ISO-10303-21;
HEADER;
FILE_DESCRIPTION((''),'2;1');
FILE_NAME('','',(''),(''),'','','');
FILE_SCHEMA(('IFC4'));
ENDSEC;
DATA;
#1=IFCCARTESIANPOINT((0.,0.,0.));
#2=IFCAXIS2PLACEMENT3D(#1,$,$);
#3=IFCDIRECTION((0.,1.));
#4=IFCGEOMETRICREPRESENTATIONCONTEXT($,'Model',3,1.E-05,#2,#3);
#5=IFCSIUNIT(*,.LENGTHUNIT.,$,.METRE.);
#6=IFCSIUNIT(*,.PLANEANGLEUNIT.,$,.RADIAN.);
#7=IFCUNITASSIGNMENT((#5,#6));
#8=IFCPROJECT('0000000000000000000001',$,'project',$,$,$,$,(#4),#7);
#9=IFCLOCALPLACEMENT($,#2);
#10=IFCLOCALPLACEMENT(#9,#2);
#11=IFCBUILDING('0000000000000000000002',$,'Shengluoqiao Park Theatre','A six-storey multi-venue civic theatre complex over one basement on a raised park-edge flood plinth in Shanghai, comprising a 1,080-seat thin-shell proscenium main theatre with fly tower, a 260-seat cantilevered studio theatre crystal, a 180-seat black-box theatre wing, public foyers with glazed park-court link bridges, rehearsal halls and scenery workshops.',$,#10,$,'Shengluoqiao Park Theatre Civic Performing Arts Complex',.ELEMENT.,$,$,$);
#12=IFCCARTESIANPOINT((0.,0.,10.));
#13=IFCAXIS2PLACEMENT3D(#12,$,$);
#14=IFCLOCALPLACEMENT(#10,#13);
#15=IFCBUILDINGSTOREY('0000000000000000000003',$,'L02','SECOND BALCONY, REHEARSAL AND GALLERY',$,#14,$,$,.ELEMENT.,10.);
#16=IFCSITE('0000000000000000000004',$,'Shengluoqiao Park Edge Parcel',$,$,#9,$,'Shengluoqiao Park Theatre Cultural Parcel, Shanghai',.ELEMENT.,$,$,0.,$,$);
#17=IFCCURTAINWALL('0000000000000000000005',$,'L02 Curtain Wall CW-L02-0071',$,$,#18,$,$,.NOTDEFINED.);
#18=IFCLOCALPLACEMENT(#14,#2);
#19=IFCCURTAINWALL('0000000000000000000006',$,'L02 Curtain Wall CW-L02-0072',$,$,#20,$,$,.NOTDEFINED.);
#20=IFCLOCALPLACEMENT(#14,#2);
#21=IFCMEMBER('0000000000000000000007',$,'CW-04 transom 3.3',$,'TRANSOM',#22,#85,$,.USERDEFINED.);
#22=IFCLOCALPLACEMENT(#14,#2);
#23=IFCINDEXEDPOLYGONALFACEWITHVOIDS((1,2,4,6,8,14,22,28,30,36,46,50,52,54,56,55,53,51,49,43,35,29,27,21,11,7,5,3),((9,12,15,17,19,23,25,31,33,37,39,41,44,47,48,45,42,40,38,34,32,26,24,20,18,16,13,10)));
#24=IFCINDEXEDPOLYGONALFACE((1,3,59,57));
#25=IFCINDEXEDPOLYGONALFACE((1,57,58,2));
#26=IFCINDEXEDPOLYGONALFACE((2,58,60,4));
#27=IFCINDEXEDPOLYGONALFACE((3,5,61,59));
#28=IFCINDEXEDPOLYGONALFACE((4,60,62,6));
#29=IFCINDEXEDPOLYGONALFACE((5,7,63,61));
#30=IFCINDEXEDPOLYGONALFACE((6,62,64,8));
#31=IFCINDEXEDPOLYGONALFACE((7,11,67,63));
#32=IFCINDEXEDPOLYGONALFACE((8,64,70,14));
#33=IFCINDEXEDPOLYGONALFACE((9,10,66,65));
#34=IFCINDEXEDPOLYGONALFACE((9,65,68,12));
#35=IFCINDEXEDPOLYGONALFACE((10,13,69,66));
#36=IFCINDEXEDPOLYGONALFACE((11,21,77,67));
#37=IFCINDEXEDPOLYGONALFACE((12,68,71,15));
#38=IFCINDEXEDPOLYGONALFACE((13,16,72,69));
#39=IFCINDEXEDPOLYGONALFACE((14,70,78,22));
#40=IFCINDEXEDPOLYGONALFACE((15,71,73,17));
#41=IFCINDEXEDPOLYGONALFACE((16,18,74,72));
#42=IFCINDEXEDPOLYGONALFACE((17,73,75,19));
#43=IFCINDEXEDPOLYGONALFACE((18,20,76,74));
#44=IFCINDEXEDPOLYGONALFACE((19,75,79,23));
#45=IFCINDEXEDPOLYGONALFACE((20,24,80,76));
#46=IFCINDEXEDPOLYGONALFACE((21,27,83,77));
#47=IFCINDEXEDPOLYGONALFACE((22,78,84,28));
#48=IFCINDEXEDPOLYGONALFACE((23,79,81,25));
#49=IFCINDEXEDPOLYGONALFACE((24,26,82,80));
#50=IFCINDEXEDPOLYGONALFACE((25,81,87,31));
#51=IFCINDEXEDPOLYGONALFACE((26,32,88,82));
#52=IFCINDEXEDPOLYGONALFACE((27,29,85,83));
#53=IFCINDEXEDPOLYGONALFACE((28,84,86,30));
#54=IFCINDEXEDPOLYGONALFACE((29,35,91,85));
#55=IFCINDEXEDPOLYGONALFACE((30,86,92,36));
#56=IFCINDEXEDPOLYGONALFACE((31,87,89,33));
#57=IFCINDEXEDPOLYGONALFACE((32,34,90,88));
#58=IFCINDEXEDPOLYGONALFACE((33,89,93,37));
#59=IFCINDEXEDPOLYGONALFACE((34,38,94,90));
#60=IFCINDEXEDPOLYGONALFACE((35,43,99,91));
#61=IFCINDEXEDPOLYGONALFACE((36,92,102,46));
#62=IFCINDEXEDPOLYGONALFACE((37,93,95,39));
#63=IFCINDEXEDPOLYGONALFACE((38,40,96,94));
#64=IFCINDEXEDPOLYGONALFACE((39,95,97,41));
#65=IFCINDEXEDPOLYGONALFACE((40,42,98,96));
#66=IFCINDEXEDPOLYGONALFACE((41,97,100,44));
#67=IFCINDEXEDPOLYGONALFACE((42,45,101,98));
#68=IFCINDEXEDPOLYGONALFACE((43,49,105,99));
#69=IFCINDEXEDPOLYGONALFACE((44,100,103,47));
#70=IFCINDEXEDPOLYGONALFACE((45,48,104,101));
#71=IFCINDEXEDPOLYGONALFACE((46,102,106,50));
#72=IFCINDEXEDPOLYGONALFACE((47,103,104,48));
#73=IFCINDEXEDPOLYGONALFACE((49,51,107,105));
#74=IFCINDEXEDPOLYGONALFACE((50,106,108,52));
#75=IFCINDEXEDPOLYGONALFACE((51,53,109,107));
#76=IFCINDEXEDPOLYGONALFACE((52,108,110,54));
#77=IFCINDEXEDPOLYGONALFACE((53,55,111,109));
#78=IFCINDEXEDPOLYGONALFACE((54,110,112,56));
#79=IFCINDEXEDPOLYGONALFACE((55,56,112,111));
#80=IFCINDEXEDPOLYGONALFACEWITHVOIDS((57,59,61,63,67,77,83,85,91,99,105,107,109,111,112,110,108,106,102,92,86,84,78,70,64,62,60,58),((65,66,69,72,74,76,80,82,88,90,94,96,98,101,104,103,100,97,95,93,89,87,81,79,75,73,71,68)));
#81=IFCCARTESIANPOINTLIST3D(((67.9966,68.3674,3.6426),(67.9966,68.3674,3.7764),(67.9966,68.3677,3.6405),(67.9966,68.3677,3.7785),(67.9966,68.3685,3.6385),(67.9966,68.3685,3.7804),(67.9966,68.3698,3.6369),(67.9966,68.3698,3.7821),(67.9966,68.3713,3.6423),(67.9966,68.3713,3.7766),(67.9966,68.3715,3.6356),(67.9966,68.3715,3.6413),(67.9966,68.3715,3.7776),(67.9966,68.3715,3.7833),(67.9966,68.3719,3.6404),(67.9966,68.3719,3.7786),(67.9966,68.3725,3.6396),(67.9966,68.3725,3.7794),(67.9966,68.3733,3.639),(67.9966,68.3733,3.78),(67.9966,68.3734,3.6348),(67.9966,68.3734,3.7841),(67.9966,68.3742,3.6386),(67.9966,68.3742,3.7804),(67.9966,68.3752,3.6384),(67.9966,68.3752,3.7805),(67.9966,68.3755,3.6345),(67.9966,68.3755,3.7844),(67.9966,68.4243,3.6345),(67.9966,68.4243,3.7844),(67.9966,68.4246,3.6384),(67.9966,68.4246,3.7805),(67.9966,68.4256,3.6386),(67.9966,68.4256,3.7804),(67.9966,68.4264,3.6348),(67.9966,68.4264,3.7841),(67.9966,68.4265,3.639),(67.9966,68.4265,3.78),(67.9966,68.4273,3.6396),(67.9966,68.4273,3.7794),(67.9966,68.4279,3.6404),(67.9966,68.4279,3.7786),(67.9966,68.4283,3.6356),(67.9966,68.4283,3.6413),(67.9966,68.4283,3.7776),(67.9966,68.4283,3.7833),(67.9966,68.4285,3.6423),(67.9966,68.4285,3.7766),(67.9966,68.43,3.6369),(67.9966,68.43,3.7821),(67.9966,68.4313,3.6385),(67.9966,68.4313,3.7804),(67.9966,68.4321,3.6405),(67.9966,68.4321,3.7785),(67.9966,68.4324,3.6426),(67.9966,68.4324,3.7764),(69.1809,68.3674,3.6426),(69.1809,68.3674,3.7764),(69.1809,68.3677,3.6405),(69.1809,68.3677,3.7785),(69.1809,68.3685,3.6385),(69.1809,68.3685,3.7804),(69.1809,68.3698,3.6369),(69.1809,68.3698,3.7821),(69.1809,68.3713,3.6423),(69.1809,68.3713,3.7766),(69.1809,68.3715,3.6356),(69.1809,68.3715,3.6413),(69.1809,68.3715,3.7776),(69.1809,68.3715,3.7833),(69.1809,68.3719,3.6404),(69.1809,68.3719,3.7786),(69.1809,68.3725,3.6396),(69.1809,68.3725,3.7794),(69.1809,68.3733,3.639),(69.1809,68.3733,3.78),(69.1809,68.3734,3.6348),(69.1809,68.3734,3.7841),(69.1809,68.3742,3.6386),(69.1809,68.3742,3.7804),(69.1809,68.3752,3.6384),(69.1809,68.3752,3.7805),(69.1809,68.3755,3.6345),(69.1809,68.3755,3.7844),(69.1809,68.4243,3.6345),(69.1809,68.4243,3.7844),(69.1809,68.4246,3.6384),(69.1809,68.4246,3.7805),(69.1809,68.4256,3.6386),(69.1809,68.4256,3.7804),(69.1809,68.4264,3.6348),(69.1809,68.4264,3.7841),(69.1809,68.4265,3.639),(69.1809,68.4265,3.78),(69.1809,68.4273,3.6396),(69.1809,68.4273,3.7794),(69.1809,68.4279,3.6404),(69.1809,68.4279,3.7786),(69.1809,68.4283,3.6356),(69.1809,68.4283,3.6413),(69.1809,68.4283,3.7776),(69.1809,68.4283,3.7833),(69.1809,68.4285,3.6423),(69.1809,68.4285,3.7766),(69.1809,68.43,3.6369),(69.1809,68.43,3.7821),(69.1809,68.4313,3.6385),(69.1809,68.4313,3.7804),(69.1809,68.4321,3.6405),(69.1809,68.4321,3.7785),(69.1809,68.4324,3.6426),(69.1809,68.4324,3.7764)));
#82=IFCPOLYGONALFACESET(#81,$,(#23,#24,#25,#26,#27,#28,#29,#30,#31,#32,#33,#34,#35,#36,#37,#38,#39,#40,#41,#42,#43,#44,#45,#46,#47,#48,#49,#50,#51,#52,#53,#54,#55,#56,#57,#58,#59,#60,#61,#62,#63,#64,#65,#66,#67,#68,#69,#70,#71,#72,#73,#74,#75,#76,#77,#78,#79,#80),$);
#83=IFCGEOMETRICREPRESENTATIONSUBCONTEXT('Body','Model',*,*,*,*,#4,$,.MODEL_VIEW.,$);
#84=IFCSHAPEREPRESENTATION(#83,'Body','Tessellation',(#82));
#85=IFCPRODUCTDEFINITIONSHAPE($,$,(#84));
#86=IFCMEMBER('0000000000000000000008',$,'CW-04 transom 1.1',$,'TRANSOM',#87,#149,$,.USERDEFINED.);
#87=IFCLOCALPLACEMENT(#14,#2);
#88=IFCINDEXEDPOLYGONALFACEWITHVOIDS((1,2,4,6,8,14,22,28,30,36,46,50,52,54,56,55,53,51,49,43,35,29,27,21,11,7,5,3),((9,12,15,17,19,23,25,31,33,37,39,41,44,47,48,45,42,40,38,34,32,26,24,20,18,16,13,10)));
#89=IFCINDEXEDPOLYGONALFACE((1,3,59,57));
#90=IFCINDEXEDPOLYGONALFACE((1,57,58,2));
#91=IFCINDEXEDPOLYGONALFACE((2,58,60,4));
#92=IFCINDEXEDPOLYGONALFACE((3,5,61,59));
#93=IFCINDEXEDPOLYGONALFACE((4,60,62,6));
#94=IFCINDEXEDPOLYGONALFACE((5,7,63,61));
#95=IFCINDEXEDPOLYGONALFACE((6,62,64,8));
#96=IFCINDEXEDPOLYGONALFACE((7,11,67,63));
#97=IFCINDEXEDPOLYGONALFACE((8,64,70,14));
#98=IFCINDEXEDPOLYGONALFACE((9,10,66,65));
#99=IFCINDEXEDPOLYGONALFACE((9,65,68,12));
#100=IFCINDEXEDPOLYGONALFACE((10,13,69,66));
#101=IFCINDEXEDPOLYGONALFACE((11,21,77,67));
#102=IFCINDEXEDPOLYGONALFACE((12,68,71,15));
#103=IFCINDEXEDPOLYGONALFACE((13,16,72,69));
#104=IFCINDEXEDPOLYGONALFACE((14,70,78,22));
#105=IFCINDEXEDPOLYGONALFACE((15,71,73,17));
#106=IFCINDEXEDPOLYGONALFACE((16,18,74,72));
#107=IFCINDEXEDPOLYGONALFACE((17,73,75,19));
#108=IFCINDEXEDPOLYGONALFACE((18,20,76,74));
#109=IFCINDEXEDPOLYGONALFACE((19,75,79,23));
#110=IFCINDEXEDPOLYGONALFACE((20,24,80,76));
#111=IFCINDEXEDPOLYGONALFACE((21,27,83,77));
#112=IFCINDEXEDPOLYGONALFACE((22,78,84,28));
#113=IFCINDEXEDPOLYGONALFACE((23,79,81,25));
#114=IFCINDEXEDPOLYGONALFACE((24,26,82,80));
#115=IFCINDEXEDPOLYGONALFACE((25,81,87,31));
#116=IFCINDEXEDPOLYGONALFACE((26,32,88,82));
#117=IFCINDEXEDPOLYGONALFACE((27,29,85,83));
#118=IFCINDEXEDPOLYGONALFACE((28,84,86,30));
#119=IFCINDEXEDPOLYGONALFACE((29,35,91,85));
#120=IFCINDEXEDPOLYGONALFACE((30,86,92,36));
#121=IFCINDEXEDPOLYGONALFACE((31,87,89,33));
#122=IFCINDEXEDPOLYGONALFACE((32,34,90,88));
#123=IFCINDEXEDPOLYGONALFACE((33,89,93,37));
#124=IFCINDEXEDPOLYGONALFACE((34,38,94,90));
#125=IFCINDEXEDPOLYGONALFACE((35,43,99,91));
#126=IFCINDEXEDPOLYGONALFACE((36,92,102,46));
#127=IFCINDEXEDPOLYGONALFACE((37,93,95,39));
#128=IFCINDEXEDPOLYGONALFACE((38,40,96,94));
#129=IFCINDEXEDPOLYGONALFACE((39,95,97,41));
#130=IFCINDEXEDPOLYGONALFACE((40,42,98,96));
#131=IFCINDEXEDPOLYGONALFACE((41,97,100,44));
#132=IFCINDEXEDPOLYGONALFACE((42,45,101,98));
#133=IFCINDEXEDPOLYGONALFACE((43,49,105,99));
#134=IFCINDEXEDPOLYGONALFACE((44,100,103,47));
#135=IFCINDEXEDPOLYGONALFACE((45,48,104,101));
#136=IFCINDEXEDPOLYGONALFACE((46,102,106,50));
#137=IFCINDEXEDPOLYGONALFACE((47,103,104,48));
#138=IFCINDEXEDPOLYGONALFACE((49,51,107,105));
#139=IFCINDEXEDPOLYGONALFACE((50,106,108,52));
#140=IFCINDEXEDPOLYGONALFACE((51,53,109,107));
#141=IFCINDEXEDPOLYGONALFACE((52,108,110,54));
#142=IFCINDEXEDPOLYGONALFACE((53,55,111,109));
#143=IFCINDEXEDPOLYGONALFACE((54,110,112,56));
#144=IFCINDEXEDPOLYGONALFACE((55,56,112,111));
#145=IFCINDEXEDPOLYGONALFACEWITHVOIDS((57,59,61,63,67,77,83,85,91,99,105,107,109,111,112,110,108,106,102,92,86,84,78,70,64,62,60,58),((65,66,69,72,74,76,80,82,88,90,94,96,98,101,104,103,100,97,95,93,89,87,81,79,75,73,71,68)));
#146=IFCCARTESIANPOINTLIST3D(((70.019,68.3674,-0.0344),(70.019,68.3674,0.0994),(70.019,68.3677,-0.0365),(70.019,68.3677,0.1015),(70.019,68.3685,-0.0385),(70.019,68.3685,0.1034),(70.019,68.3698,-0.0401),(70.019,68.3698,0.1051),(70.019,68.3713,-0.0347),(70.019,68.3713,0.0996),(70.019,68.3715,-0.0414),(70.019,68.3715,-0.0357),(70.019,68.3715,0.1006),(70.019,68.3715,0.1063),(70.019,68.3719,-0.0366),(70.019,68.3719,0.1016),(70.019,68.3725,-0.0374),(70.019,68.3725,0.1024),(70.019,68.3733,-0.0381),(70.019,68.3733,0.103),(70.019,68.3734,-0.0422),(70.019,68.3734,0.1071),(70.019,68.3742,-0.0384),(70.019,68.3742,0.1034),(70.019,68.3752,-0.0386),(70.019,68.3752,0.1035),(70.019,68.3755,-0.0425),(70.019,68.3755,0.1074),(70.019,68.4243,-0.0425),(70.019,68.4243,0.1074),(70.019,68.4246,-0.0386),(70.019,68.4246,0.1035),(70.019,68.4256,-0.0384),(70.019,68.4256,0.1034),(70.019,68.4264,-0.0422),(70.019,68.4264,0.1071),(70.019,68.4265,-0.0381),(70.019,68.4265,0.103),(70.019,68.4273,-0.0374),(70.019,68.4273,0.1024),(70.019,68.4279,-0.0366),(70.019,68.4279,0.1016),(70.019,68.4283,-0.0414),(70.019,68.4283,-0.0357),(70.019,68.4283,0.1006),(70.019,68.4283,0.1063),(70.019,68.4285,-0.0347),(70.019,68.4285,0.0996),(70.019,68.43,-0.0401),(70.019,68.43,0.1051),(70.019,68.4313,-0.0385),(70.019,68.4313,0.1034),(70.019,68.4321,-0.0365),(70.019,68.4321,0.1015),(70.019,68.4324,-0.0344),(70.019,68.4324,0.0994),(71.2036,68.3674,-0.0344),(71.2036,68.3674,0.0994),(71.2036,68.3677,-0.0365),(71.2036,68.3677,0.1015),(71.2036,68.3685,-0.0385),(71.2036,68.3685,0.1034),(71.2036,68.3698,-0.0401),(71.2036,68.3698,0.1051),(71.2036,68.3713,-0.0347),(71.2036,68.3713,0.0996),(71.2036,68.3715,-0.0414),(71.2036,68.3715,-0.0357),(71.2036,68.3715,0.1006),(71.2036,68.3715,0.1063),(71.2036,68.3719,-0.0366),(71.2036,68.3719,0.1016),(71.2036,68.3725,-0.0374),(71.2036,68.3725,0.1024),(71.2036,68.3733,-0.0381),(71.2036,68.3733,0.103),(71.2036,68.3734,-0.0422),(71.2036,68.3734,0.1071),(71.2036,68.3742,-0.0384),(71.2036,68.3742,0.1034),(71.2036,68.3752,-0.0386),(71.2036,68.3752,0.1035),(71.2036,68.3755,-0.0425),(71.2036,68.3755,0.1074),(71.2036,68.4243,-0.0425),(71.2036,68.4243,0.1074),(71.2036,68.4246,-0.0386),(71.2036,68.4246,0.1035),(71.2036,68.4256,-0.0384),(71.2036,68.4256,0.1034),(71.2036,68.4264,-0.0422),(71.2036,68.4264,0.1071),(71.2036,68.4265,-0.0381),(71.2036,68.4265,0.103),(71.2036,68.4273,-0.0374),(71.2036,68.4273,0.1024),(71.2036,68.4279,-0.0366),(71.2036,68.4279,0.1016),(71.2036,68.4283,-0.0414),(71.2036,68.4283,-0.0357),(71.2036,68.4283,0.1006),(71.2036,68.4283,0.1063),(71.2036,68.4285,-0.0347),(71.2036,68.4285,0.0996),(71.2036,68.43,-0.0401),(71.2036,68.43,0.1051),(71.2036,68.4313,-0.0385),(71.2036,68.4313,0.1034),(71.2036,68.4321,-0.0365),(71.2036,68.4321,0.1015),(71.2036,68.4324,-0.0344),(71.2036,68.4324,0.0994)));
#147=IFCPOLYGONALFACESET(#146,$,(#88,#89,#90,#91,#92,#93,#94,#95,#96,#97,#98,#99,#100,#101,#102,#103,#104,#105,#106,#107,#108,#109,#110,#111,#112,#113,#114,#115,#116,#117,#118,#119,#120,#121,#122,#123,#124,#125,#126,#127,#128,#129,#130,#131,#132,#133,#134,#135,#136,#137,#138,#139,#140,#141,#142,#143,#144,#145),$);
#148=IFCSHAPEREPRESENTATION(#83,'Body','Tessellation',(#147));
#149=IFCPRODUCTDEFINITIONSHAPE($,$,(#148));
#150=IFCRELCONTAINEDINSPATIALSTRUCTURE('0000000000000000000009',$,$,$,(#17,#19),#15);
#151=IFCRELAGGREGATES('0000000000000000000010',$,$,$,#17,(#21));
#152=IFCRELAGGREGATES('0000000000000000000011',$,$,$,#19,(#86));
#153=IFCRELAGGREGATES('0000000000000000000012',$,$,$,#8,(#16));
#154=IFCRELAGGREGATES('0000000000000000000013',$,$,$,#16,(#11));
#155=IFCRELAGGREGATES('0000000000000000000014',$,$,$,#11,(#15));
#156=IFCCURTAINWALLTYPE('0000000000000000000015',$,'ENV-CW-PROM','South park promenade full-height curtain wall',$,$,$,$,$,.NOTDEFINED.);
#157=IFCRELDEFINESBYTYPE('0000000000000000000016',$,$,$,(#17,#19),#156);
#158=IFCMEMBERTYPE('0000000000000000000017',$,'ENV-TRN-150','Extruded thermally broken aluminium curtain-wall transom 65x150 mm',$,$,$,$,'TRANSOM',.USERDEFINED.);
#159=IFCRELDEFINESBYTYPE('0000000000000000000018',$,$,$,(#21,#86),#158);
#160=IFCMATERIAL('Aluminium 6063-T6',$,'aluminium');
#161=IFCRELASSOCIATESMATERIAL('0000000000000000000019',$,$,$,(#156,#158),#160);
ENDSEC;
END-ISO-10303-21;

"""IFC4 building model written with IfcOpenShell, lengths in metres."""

from ifc_helpers import new_model, si_unit, direction, frame, origin, origin_2d, place, context, subcontext, project, spatial, hollow_rectangle, extrude, material, material_profile, profile_set, type_object, element, aggregate, save


model = new_model("IFC4")

# Units and contexts
model_context = context("Model", 3, precision=1e-05, world=origin(), true_north=direction((0.0, 1.0)))
body_context = subcontext(model_context, "Body", "Model", "MODEL_VIEW")
ifc_project = project(units=[si_unit("LENGTHUNIT", "METRE"), si_unit("PLANEANGLEUNIT", "RADIAN")], contexts=[model_context])

# Site, building, storey
site_placement = place(None, origin())
site = spatial("IfcSite", under=ifc_project, at=site_placement, Name="Shengluoqiao Park Edge Parcel", LongName="Shengluoqiao Park Theatre Cultural Parcel, Shanghai", CompositionType="ELEMENT", RefElevation=0.0)
building_placement = place(site_placement, origin())
building = spatial("IfcBuilding", under=site, at=building_placement, Name="Shengluoqiao Park Theatre", Description="A six-storey multi-venue civic theatre complex over one basement on a raised park-edge flood plinth in Shanghai, comprising a 1,080-seat thin-shell proscenium main theatre with fly tower, a 260-seat cantilevered studio theatre crystal, a 180-seat black-box theatre wing, public foyers with glazed park-court link bridges, rehearsal halls and scenery workshops.", LongName="Shengluoqiao Park Theatre Civic Performing Arts Complex", CompositionType="ELEMENT")
storey_placement = place(building_placement, frame((0.0, 0.0, 10.0)))
storey = spatial("IfcBuildingStorey", under=building, at=storey_placement, Name="L02", Description="SECOND BALCONY, REHEARSAL AND GALLERY", CompositionType="ELEMENT", Elevation=10.0)

# Curtain wall
ifc_material_1 = material(Name="Aluminium 6063-T6", Category="aluminium")
curtain_wall_type = type_object("IfcCurtainWallType", Name="ENV-CW-PROM", Description="South park promenade full-height curtain wall", PredefinedType="NOTDEFINED", material=ifc_material_1)
curtain_wall_1_placement = place(storey_placement, origin())
curtain_wall_1 = element("IfcCurtainWall", 1, at=curtain_wall_1_placement, inside=storey, type_object=curtain_wall_type, Name="L02 Curtain Wall CW-L02-0071", PredefinedType="NOTDEFINED")

# Curtain wall
curtain_wall_2_placement = place(storey_placement, origin())
curtain_wall_2 = element("IfcCurtainWall", 2, at=curtain_wall_2_placement, inside=storey, type_object=curtain_wall_type, Name="L02 Curtain Wall CW-L02-0072", PredefinedType="NOTDEFINED")

# Members
ifc_material_profile_1 = material_profile(ifc_material_1, hollow_rectangle(XDim=0.0649, YDim=0.1499, WallThickness=0.0039, InnerFilletRadius=0.0039, OuterFilletRadius=0.0081, at=origin_2d()), Name="ALU TRANSOM 150x65x4")
ifc_profile_set_1 = profile_set([ifc_material_profile_1], Name="Aluminium 6063-T6")
member_type_1 = type_object("IfcMemberType", Name="ENV-TRN-150", Description="Extruded thermally broken aluminium curtain-wall transom 65x150 mm", ElementType="TRANSOM", PredefinedType="USERDEFINED", material=ifc_profile_set_1)
member_1_placement = place(storey_placement, frame((67.9966, 68.3999, 3.7095), z_axis=(1.0, 0.0, 0.0), x_axis=(0.0, 1.0, 0.0)))
member_1 = element("IfcMember", 3, at=member_1_placement, type_object=member_type_1, Name="CW-04 transom 3.3", ObjectType="TRANSOM", PredefinedType="USERDEFINED", context=body_context, shape_type="SweptSolid", body=[
    extrude(hollow_rectangle(XDim=0.0649, YDim=0.1499, WallThickness=0.0039, InnerFilletRadius=0.0039, OuterFilletRadius=0.0081, at=origin_2d()), origin(), (0.0, 0.0, 1.0), 1.1843),
])
member_2_placement = place(storey_placement, frame((70.019, 68.3999, 0.0325), z_axis=(1.0, 0.0, 0.0), x_axis=(0.0, 1.0, 0.0)))
member_2 = element("IfcMember", 4, at=member_2_placement, type_object=member_type_1, Name="CW-04 transom 1.1", ObjectType="TRANSOM", PredefinedType="USERDEFINED", context=body_context, shape_type="SweptSolid", body=[
    extrude(hollow_rectangle(XDim=0.0649, YDim=0.1499, WallThickness=0.0039, InnerFilletRadius=0.0039, OuterFilletRadius=0.0081, at=origin_2d()), origin(), (0.0, 0.0, 1.0), 1.1846),
])

aggregate(curtain_wall_1, [member_1])
aggregate(curtain_wall_2, [member_2])

save(model, "model.ifc")
